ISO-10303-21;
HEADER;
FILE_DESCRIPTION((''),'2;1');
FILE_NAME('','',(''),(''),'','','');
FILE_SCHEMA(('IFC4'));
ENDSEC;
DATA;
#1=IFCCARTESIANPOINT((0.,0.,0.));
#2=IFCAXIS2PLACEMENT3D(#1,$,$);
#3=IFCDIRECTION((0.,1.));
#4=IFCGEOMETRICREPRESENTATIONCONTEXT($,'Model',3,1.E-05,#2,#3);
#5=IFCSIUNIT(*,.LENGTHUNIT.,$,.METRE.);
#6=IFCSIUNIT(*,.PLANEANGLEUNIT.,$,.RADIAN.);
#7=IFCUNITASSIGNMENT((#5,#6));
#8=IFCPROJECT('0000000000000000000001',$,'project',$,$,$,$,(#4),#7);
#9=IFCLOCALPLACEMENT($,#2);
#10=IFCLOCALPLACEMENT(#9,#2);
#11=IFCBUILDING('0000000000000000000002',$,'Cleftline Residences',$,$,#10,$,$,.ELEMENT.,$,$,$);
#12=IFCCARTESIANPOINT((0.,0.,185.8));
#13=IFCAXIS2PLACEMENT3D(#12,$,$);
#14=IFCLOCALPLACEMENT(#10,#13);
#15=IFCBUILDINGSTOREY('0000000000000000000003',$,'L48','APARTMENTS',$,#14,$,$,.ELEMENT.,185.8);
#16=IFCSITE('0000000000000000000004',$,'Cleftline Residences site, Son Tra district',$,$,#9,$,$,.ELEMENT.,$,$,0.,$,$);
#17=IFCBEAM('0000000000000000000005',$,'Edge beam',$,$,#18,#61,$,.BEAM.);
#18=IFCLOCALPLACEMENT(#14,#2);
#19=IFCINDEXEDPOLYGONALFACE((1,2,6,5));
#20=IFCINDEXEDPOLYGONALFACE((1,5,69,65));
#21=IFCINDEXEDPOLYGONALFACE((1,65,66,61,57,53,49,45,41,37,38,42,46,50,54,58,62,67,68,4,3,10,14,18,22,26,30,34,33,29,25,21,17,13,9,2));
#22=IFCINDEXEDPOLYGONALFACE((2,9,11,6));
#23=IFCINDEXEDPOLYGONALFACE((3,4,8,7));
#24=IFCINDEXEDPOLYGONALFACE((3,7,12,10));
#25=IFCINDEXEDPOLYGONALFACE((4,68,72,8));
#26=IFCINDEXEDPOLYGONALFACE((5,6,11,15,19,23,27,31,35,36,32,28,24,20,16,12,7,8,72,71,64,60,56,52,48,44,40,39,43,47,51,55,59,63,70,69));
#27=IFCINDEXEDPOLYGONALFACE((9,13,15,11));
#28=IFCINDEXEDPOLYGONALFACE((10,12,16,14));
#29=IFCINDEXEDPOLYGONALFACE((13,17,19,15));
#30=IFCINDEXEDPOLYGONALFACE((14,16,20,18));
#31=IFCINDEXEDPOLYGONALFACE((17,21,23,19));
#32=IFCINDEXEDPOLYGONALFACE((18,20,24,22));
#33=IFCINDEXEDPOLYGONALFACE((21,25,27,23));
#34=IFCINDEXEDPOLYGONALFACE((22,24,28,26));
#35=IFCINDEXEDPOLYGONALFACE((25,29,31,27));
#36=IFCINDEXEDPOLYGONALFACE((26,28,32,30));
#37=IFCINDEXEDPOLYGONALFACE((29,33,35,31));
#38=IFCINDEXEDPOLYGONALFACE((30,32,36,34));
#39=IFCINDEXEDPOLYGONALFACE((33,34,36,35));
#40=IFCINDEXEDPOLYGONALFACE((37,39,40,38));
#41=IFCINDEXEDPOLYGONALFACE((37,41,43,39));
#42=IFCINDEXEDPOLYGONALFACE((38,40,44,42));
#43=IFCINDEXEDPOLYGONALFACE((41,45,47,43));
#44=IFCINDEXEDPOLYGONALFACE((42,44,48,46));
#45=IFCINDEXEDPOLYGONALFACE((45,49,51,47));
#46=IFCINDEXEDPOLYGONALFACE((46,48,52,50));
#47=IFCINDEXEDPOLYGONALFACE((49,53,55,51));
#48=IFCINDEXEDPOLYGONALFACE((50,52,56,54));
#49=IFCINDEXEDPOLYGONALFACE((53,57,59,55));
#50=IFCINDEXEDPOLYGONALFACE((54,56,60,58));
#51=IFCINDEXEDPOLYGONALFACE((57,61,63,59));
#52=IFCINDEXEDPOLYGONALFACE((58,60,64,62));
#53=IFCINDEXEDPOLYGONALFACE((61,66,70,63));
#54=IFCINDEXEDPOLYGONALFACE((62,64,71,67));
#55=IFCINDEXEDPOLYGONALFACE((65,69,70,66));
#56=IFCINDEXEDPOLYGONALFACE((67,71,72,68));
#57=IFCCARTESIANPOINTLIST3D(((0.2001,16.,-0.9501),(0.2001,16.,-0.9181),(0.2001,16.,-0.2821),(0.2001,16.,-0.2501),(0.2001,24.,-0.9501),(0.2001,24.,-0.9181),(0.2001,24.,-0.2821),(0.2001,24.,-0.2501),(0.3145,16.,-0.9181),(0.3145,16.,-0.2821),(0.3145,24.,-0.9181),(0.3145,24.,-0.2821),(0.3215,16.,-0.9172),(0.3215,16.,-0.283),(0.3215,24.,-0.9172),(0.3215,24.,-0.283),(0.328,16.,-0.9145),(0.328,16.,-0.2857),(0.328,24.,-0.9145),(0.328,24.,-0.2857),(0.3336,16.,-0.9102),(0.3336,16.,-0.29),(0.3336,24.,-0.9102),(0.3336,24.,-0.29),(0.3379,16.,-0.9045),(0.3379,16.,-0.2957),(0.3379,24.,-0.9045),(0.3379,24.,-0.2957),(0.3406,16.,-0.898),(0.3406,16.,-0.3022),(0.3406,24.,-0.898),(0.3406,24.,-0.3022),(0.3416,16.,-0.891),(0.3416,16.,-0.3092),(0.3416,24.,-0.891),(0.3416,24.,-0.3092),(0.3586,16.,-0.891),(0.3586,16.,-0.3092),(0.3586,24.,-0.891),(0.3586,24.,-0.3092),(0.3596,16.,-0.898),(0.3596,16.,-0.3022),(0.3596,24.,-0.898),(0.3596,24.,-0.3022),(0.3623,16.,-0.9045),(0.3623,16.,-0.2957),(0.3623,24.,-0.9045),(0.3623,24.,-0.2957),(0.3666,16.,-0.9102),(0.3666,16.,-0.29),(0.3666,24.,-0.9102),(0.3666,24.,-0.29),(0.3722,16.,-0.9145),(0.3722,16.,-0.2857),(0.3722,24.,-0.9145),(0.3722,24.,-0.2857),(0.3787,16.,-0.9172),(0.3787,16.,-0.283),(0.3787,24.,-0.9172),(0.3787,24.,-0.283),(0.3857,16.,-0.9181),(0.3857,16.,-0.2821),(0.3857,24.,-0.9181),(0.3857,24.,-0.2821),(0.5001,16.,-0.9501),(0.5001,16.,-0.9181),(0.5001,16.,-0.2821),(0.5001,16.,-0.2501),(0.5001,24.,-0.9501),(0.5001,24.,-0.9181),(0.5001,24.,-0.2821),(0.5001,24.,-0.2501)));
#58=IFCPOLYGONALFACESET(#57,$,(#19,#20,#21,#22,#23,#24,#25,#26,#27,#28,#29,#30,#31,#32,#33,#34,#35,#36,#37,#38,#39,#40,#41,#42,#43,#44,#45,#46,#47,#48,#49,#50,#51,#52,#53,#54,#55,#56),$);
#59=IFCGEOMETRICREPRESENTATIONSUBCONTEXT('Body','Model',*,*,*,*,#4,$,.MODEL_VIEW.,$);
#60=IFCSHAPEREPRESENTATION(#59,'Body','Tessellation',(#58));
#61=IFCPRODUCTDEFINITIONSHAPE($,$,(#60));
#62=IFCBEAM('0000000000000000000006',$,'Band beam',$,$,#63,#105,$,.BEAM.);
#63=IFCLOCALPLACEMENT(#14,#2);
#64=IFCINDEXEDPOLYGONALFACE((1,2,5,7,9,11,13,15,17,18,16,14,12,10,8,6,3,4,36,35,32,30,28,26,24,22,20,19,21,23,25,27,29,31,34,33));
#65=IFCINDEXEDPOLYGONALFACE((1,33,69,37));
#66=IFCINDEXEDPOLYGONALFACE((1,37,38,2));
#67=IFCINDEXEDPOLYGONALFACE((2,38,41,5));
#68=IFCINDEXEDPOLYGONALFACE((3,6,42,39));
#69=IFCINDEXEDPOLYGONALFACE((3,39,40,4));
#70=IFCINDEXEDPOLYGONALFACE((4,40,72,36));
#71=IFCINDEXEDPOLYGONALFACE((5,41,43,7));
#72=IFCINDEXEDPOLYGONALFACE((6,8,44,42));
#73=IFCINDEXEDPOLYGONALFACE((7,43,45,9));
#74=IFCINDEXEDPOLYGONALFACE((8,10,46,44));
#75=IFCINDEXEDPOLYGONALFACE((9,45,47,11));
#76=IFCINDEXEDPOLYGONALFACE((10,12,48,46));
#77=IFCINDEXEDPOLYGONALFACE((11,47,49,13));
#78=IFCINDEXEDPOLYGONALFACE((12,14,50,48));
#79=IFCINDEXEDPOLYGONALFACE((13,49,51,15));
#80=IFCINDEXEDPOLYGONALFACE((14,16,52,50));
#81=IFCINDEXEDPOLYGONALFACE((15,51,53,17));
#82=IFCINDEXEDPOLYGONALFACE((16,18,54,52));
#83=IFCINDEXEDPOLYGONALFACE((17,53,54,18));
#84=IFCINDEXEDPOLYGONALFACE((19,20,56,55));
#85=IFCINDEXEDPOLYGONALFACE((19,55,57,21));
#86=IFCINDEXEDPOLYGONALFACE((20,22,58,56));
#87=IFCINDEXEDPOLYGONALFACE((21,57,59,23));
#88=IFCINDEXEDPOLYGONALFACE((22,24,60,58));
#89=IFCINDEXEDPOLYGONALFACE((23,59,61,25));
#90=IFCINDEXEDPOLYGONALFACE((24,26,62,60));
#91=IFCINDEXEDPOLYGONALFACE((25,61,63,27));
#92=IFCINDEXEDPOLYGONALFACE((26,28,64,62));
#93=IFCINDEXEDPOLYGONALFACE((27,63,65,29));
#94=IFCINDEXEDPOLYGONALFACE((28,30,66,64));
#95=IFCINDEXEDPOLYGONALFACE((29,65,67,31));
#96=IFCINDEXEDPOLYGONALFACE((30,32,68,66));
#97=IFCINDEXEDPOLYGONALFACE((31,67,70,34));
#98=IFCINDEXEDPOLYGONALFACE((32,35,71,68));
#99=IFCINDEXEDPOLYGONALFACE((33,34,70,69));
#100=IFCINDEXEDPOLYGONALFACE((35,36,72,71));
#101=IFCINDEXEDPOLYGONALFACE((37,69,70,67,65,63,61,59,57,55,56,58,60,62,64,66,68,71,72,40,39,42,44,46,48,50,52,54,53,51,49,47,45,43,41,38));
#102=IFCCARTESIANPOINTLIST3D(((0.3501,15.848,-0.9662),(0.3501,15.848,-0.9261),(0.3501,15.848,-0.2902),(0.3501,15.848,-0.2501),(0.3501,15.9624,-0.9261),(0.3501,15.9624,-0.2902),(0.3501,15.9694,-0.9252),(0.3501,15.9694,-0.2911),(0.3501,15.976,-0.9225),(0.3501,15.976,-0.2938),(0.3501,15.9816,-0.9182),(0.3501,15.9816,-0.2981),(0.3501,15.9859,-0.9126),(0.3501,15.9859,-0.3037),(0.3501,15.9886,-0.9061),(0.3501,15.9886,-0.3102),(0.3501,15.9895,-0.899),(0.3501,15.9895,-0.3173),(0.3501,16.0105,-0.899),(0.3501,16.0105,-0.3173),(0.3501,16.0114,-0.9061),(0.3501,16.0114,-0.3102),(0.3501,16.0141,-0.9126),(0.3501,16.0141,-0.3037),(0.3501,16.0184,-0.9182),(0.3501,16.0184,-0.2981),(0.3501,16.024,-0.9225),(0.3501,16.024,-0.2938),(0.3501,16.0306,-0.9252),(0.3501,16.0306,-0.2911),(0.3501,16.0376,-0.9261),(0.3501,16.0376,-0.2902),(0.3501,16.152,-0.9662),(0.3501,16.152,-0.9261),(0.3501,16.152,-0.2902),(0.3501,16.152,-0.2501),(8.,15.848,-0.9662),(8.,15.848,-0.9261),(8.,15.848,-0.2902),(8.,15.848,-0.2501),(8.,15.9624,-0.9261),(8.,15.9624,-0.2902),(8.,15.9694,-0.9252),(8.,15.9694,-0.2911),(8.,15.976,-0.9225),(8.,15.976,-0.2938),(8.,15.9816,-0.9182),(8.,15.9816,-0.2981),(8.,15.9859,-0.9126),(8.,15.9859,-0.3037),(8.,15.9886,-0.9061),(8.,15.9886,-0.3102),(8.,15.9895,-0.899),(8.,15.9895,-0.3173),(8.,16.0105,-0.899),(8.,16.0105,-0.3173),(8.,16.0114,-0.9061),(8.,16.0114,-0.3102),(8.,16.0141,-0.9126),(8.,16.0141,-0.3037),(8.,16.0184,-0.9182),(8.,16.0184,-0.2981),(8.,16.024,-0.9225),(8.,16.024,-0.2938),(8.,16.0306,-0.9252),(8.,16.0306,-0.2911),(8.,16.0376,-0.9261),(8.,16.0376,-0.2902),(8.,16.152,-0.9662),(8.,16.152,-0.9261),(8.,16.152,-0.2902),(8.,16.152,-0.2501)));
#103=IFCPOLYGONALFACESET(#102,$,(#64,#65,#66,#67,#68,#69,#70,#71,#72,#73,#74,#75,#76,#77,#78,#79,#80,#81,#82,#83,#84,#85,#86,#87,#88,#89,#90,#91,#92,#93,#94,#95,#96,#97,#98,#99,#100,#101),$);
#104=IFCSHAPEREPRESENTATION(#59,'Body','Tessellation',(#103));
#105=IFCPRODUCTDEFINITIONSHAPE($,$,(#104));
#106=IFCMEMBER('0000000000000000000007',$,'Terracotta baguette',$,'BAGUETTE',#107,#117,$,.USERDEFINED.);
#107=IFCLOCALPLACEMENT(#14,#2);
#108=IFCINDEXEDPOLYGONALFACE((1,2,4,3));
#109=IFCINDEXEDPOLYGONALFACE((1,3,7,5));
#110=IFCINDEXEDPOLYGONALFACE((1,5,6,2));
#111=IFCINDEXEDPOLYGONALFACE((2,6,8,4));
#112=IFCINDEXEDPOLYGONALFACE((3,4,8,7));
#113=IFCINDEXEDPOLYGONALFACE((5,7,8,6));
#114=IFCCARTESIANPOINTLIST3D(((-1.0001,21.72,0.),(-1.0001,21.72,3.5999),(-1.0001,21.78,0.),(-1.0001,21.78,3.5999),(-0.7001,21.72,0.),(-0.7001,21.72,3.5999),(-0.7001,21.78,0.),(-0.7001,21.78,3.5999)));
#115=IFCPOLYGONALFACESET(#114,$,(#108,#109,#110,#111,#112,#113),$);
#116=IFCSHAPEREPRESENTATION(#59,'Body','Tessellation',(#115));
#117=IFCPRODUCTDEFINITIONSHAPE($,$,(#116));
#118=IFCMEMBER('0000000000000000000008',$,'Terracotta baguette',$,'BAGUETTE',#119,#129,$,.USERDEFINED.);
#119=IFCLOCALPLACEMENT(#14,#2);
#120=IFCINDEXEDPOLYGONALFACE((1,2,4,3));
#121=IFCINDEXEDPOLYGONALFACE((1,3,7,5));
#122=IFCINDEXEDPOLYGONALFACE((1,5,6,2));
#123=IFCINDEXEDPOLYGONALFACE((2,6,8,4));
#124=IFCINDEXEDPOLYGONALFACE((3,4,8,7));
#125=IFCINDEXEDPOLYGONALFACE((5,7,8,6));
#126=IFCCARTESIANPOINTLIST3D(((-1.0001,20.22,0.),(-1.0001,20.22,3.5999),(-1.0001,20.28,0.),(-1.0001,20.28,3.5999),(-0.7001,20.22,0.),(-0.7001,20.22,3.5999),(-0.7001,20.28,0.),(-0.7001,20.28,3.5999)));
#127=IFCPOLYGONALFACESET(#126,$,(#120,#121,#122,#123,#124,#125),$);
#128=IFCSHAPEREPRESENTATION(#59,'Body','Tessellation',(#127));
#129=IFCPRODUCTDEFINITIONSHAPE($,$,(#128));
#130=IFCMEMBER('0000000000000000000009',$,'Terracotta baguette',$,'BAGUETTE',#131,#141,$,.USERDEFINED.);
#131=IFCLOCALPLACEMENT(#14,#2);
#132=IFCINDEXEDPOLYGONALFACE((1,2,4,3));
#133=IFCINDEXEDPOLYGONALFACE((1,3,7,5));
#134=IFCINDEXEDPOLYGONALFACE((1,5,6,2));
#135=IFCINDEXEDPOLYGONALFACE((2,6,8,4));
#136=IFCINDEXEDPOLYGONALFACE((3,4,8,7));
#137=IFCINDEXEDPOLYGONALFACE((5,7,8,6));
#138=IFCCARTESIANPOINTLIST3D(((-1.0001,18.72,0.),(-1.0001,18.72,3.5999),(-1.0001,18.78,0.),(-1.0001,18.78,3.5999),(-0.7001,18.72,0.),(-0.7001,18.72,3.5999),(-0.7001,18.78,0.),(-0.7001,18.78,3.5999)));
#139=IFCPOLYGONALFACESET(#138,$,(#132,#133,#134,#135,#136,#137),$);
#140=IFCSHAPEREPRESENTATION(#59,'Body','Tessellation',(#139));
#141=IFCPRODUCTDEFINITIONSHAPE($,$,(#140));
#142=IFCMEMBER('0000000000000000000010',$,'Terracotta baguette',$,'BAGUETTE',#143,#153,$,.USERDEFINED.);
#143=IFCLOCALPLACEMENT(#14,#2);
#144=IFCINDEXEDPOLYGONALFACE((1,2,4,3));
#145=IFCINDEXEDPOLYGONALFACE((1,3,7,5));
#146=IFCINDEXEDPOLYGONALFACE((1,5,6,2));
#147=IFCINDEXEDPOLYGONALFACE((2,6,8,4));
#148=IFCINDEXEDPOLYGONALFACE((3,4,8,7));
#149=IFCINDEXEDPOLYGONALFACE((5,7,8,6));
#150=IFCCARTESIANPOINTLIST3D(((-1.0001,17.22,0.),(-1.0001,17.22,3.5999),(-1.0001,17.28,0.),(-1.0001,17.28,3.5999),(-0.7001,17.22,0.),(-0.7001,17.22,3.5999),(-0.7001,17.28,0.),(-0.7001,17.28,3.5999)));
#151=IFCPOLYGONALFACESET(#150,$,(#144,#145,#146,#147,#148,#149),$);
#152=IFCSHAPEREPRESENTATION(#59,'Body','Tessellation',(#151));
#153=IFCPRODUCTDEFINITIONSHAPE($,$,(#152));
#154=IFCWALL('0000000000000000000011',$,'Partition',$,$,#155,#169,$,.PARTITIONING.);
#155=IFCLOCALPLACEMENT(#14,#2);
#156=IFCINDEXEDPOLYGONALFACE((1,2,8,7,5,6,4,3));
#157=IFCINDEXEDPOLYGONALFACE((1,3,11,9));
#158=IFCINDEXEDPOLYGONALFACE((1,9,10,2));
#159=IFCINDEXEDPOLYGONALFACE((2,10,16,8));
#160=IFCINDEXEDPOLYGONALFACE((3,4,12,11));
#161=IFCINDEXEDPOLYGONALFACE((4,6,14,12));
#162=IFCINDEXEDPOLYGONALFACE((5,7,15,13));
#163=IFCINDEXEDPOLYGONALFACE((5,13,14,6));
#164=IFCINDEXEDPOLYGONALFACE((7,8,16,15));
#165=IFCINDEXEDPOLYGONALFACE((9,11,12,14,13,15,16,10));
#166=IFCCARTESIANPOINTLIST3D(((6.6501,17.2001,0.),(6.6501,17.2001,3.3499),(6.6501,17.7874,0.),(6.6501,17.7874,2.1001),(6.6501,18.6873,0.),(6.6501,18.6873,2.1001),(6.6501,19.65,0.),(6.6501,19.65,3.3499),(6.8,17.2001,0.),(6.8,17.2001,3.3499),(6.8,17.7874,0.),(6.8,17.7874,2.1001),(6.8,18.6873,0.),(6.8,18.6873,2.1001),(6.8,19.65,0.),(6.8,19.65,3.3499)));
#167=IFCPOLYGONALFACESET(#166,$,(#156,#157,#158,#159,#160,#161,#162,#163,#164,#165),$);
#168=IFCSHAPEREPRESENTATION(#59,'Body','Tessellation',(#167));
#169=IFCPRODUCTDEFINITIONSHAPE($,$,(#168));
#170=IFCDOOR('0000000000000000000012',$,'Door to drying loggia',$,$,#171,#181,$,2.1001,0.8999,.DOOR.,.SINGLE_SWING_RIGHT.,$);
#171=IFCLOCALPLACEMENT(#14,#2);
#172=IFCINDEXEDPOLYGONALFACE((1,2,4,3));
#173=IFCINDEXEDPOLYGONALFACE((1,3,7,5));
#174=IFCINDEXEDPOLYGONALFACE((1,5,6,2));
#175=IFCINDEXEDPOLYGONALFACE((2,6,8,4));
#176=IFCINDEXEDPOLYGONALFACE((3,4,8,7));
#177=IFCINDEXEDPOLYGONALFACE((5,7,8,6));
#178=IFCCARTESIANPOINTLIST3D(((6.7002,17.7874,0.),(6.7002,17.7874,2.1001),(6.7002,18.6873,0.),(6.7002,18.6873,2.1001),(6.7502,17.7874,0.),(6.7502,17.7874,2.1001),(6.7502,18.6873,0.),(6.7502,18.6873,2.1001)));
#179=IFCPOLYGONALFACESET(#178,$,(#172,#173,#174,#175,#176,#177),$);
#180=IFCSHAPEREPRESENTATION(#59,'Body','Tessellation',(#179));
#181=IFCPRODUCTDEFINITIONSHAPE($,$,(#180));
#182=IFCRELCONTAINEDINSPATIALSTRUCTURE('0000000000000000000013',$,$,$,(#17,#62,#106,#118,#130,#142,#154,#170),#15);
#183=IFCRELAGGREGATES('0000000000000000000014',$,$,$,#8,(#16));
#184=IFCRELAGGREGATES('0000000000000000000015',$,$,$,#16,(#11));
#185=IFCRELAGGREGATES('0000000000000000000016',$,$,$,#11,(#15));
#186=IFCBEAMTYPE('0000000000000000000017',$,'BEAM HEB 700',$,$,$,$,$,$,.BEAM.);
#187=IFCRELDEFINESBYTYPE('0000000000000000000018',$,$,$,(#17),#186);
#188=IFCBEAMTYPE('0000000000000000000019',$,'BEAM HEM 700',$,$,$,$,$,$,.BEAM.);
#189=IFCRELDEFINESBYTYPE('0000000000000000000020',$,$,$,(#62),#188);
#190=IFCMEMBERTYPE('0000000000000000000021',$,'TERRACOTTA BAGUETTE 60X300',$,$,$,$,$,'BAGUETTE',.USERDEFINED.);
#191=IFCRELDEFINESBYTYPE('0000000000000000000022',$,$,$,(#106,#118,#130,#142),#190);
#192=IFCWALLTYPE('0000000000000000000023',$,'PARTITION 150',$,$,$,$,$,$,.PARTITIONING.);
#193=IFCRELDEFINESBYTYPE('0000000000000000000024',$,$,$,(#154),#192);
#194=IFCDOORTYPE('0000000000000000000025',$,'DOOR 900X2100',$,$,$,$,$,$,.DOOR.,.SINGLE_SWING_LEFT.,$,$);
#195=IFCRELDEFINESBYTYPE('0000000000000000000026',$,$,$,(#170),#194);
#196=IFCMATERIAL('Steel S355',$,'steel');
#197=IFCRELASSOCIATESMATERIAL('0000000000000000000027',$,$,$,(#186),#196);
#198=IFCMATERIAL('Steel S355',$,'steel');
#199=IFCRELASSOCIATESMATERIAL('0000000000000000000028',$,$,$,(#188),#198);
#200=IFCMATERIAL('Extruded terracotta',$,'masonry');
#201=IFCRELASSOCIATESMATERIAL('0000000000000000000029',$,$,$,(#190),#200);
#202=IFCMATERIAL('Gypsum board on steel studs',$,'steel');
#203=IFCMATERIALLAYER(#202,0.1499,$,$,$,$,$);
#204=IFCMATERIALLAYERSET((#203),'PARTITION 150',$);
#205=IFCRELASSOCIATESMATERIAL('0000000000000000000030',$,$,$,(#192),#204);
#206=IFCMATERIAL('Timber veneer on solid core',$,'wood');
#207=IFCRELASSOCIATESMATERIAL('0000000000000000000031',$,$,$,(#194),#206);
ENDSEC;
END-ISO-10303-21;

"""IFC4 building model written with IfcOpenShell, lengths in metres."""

from ifc_helpers import new_model, si_unit, direction, frame, frame_2d, origin, origin_2d, place, context, subcontext, project, spatial, rectangle, i_section, extrude, material, layer, layer_set, material_profile, profile_set, type_object, element, fill, save


model = new_model("IFC4")

# Units and contexts
model_context = context("Model", 3, precision=1e-05, world=origin(), true_north=direction((0.0, 1.0)))
body_context = subcontext(model_context, "Body", "Model", "MODEL_VIEW")
ifc_project = project(units=[si_unit("LENGTHUNIT", "METRE"), si_unit("PLANEANGLEUNIT", "RADIAN")], contexts=[model_context])

# Site, building, storey
site_placement = place(None, origin())
site = spatial("IfcSite", under=ifc_project, at=site_placement, Name="Cleftline Residences site, Son Tra district", CompositionType="ELEMENT", RefElevation=0.0)
building_placement = place(site_placement, origin())
building = spatial("IfcBuilding", under=site, at=building_placement, Name="Cleftline Residences", CompositionType="ELEMENT")
storey_placement = place(building_placement, frame((0.0, 0.0, 185.8)))
storey = spatial("IfcBuildingStorey", under=building, at=storey_placement, Name="L48", Description="APARTMENTS", CompositionType="ELEMENT", Elevation=185.8)

# Beams
ifc_material_1 = material(Name="Steel S355", Category="steel")
ifc_material_profile_1 = material_profile(ifc_material_1, i_section(OverallWidth=0.3, OverallDepth=0.7, WebThickness=0.0171, FlangeThickness=0.032, FilletRadius=0.0271, at=origin_2d()))
ifc_profile_set_1 = profile_set([ifc_material_profile_1], Name="Steel S355")
beam_type_1 = type_object("IfcBeamType", Name="BEAM HEB 700", PredefinedType="BEAM", material=ifc_profile_set_1)
beam_1_placement = place(storey_placement, frame((0.3501, 16.0, -0.6001), z_axis=(0.0, 1.0, 0.0), x_axis=(-1.0, 0.0, 0.0)))
element("IfcBeam", 1, at=beam_1_placement, inside=storey, type_object=beam_type_1, Name="Edge beam", PredefinedType="BEAM", context=body_context, shape_type="SweptSolid", body=[
    extrude(i_section(OverallWidth=0.3, OverallDepth=0.7, WebThickness=0.0171, FlangeThickness=0.032, FilletRadius=0.0271, at=origin_2d()), origin(), (0.0, 0.0, 1.0), 8.0),
])
ifc_material_2 = material(Name="Steel S355", Category="steel")
ifc_material_profile_2 = material_profile(ifc_material_2, i_section(OverallWidth=0.304, OverallDepth=0.7161, WebThickness=0.021, FlangeThickness=0.04, FilletRadius=0.0271, at=origin_2d()))
ifc_profile_set_2 = profile_set([ifc_material_profile_2], Name="Steel S355")
beam_type_2 = type_object("IfcBeamType", Name="BEAM HEM 700", PredefinedType="BEAM", material=ifc_profile_set_2)
beam_2_placement = place(storey_placement, frame((0.3501, 16.0, -0.6082), z_axis=(1.0, 0.0, 0.0), x_axis=(0.0, 1.0, 0.0)))
element("IfcBeam", 2, at=beam_2_placement, inside=storey, type_object=beam_type_2, Name="Band beam", PredefinedType="BEAM", context=body_context, shape_type="SweptSolid", body=[
    extrude(i_section(OverallWidth=0.304, OverallDepth=0.7161, WebThickness=0.021, FlangeThickness=0.04, FilletRadius=0.0271, at=origin_2d()), origin(), (0.0, 0.0, 1.0), 7.6499),
])

# Members
ifc_material_3 = material(Name="Extruded terracotta", Category="masonry")
ifc_material_profile_3 = material_profile(ifc_material_3, rectangle(XDim=0.0601, YDim=0.3, at=origin_2d()))
ifc_profile_set_3 = profile_set([ifc_material_profile_3], Name="Extruded terracotta")
member_type_1 = type_object("IfcMemberType", Name="TERRACOTTA BAGUETTE 60X300", ElementType="BAGUETTE", PredefinedType="USERDEFINED", material=ifc_profile_set_3)
for number, where, z_axis, x_axis, name in (
    (3, (-0.8501, 21.75, 0.0), (0.0, 0.0, 1.0), (0.0, 1.0, 0.0), "Terracotta baguette"),
    (4, (-0.8501, 20.25, 0.0), (0.0, 0.0, 1.0), (0.0, 1.0, 0.0), "Terracotta baguette"),
    (5, (-0.8501, 18.75, 0.0), (0.0, 0.0, 1.0), (0.0, 1.0, 0.0), "Terracotta baguette"),
    (6, (-0.8501, 17.25, 0.0), (0.0, 0.0, 1.0), (0.0, 1.0, 0.0), "Terracotta baguette"),
):
    element("IfcMember", number, at=place(storey_placement, frame(where, z_axis=z_axis, x_axis=x_axis)), inside=storey, type_object=member_type_1, Name=name, ObjectType="BAGUETTE", PredefinedType="USERDEFINED", context=body_context, shape_type="SweptSolid", body=[
        extrude(rectangle(XDim=0.0601, YDim=0.3, at=origin_2d()), origin(), (0.0, 0.0, 1.0), 3.5999),
    ])

# Wall, opening, door
ifc_material_4 = material(Name="Gypsum board on steel studs", Category="steel")
ifc_layer_1 = layer(ifc_material_4, 0.1499)
ifc_layer_set_1 = layer_set([ifc_layer_1], Name="PARTITION 150")
wall_type_1 = type_object("IfcWallType", Name="PARTITION 150", PredefinedType="PARTITIONING", material=ifc_layer_set_1)
wall_1_placement = place(storey_placement, frame((6.7251, 17.2, 0.0), z_axis=(0.0, 0.0, 1.0), x_axis=(0.0, 1.0, 0.0)))
wall_1 = element("IfcWall", 7, at=wall_1_placement, inside=storey, type_object=wall_type_1, Name="Partition", PredefinedType="PARTITIONING", context=body_context, shape_type="SweptSolid", body=[
    extrude(rectangle(XDim=2.45, YDim=0.1499, at=frame_2d((1.2251, 0.0))), origin(), (0.0, 0.0, 1.0), 3.3499),
])
opening_1_placement = place(wall_1_placement, frame((0.5874, 0.0, 0.0)))
opening_1 = element("IfcOpeningElement", 8, at=opening_1_placement, cuts=wall_1, PredefinedType="OPENING", context=body_context, shape_type="SweptSolid", body=[
    extrude(rectangle(XDim=0.8999, YDim=2.1001, at=frame_2d((0.45, 1.05))), frame((0.0, 0.085, 0.0), z_axis=(0.0, -1.0, 0.0), x_axis=(1.0, 0.0, 0.0)), (0.0, 0.0, 1.0), 0.1699),
])
ifc_material_5 = material(Name="Timber veneer on solid core", Category="wood")
door_type_1 = type_object("IfcDoorType", Name="DOOR 900X2100", OperationType="SINGLE_SWING_LEFT", PredefinedType="DOOR", material=ifc_material_5)
door_1_placement = place(opening_1_placement, origin())
door_1 = element("IfcDoor", 9, at=door_1_placement, inside=storey, type_object=door_type_1, Name="Door to drying loggia", OperationType="SINGLE_SWING_RIGHT", OverallHeight=2.1001, OverallWidth=0.8999, PredefinedType="DOOR", context=body_context, shape_type="SweptSolid", body=[
    extrude(rectangle(XDim=0.8999, YDim=2.1001, at=frame_2d((0.45, 1.05))), frame((0.0, 0.0249, 0.0), z_axis=(0.0, -1.0, 0.0), x_axis=(1.0, 0.0, 0.0)), (0.0, 0.0, 1.0), 0.05),
])
fill(opening_1, door_1)

save(model, "model.ifc")
